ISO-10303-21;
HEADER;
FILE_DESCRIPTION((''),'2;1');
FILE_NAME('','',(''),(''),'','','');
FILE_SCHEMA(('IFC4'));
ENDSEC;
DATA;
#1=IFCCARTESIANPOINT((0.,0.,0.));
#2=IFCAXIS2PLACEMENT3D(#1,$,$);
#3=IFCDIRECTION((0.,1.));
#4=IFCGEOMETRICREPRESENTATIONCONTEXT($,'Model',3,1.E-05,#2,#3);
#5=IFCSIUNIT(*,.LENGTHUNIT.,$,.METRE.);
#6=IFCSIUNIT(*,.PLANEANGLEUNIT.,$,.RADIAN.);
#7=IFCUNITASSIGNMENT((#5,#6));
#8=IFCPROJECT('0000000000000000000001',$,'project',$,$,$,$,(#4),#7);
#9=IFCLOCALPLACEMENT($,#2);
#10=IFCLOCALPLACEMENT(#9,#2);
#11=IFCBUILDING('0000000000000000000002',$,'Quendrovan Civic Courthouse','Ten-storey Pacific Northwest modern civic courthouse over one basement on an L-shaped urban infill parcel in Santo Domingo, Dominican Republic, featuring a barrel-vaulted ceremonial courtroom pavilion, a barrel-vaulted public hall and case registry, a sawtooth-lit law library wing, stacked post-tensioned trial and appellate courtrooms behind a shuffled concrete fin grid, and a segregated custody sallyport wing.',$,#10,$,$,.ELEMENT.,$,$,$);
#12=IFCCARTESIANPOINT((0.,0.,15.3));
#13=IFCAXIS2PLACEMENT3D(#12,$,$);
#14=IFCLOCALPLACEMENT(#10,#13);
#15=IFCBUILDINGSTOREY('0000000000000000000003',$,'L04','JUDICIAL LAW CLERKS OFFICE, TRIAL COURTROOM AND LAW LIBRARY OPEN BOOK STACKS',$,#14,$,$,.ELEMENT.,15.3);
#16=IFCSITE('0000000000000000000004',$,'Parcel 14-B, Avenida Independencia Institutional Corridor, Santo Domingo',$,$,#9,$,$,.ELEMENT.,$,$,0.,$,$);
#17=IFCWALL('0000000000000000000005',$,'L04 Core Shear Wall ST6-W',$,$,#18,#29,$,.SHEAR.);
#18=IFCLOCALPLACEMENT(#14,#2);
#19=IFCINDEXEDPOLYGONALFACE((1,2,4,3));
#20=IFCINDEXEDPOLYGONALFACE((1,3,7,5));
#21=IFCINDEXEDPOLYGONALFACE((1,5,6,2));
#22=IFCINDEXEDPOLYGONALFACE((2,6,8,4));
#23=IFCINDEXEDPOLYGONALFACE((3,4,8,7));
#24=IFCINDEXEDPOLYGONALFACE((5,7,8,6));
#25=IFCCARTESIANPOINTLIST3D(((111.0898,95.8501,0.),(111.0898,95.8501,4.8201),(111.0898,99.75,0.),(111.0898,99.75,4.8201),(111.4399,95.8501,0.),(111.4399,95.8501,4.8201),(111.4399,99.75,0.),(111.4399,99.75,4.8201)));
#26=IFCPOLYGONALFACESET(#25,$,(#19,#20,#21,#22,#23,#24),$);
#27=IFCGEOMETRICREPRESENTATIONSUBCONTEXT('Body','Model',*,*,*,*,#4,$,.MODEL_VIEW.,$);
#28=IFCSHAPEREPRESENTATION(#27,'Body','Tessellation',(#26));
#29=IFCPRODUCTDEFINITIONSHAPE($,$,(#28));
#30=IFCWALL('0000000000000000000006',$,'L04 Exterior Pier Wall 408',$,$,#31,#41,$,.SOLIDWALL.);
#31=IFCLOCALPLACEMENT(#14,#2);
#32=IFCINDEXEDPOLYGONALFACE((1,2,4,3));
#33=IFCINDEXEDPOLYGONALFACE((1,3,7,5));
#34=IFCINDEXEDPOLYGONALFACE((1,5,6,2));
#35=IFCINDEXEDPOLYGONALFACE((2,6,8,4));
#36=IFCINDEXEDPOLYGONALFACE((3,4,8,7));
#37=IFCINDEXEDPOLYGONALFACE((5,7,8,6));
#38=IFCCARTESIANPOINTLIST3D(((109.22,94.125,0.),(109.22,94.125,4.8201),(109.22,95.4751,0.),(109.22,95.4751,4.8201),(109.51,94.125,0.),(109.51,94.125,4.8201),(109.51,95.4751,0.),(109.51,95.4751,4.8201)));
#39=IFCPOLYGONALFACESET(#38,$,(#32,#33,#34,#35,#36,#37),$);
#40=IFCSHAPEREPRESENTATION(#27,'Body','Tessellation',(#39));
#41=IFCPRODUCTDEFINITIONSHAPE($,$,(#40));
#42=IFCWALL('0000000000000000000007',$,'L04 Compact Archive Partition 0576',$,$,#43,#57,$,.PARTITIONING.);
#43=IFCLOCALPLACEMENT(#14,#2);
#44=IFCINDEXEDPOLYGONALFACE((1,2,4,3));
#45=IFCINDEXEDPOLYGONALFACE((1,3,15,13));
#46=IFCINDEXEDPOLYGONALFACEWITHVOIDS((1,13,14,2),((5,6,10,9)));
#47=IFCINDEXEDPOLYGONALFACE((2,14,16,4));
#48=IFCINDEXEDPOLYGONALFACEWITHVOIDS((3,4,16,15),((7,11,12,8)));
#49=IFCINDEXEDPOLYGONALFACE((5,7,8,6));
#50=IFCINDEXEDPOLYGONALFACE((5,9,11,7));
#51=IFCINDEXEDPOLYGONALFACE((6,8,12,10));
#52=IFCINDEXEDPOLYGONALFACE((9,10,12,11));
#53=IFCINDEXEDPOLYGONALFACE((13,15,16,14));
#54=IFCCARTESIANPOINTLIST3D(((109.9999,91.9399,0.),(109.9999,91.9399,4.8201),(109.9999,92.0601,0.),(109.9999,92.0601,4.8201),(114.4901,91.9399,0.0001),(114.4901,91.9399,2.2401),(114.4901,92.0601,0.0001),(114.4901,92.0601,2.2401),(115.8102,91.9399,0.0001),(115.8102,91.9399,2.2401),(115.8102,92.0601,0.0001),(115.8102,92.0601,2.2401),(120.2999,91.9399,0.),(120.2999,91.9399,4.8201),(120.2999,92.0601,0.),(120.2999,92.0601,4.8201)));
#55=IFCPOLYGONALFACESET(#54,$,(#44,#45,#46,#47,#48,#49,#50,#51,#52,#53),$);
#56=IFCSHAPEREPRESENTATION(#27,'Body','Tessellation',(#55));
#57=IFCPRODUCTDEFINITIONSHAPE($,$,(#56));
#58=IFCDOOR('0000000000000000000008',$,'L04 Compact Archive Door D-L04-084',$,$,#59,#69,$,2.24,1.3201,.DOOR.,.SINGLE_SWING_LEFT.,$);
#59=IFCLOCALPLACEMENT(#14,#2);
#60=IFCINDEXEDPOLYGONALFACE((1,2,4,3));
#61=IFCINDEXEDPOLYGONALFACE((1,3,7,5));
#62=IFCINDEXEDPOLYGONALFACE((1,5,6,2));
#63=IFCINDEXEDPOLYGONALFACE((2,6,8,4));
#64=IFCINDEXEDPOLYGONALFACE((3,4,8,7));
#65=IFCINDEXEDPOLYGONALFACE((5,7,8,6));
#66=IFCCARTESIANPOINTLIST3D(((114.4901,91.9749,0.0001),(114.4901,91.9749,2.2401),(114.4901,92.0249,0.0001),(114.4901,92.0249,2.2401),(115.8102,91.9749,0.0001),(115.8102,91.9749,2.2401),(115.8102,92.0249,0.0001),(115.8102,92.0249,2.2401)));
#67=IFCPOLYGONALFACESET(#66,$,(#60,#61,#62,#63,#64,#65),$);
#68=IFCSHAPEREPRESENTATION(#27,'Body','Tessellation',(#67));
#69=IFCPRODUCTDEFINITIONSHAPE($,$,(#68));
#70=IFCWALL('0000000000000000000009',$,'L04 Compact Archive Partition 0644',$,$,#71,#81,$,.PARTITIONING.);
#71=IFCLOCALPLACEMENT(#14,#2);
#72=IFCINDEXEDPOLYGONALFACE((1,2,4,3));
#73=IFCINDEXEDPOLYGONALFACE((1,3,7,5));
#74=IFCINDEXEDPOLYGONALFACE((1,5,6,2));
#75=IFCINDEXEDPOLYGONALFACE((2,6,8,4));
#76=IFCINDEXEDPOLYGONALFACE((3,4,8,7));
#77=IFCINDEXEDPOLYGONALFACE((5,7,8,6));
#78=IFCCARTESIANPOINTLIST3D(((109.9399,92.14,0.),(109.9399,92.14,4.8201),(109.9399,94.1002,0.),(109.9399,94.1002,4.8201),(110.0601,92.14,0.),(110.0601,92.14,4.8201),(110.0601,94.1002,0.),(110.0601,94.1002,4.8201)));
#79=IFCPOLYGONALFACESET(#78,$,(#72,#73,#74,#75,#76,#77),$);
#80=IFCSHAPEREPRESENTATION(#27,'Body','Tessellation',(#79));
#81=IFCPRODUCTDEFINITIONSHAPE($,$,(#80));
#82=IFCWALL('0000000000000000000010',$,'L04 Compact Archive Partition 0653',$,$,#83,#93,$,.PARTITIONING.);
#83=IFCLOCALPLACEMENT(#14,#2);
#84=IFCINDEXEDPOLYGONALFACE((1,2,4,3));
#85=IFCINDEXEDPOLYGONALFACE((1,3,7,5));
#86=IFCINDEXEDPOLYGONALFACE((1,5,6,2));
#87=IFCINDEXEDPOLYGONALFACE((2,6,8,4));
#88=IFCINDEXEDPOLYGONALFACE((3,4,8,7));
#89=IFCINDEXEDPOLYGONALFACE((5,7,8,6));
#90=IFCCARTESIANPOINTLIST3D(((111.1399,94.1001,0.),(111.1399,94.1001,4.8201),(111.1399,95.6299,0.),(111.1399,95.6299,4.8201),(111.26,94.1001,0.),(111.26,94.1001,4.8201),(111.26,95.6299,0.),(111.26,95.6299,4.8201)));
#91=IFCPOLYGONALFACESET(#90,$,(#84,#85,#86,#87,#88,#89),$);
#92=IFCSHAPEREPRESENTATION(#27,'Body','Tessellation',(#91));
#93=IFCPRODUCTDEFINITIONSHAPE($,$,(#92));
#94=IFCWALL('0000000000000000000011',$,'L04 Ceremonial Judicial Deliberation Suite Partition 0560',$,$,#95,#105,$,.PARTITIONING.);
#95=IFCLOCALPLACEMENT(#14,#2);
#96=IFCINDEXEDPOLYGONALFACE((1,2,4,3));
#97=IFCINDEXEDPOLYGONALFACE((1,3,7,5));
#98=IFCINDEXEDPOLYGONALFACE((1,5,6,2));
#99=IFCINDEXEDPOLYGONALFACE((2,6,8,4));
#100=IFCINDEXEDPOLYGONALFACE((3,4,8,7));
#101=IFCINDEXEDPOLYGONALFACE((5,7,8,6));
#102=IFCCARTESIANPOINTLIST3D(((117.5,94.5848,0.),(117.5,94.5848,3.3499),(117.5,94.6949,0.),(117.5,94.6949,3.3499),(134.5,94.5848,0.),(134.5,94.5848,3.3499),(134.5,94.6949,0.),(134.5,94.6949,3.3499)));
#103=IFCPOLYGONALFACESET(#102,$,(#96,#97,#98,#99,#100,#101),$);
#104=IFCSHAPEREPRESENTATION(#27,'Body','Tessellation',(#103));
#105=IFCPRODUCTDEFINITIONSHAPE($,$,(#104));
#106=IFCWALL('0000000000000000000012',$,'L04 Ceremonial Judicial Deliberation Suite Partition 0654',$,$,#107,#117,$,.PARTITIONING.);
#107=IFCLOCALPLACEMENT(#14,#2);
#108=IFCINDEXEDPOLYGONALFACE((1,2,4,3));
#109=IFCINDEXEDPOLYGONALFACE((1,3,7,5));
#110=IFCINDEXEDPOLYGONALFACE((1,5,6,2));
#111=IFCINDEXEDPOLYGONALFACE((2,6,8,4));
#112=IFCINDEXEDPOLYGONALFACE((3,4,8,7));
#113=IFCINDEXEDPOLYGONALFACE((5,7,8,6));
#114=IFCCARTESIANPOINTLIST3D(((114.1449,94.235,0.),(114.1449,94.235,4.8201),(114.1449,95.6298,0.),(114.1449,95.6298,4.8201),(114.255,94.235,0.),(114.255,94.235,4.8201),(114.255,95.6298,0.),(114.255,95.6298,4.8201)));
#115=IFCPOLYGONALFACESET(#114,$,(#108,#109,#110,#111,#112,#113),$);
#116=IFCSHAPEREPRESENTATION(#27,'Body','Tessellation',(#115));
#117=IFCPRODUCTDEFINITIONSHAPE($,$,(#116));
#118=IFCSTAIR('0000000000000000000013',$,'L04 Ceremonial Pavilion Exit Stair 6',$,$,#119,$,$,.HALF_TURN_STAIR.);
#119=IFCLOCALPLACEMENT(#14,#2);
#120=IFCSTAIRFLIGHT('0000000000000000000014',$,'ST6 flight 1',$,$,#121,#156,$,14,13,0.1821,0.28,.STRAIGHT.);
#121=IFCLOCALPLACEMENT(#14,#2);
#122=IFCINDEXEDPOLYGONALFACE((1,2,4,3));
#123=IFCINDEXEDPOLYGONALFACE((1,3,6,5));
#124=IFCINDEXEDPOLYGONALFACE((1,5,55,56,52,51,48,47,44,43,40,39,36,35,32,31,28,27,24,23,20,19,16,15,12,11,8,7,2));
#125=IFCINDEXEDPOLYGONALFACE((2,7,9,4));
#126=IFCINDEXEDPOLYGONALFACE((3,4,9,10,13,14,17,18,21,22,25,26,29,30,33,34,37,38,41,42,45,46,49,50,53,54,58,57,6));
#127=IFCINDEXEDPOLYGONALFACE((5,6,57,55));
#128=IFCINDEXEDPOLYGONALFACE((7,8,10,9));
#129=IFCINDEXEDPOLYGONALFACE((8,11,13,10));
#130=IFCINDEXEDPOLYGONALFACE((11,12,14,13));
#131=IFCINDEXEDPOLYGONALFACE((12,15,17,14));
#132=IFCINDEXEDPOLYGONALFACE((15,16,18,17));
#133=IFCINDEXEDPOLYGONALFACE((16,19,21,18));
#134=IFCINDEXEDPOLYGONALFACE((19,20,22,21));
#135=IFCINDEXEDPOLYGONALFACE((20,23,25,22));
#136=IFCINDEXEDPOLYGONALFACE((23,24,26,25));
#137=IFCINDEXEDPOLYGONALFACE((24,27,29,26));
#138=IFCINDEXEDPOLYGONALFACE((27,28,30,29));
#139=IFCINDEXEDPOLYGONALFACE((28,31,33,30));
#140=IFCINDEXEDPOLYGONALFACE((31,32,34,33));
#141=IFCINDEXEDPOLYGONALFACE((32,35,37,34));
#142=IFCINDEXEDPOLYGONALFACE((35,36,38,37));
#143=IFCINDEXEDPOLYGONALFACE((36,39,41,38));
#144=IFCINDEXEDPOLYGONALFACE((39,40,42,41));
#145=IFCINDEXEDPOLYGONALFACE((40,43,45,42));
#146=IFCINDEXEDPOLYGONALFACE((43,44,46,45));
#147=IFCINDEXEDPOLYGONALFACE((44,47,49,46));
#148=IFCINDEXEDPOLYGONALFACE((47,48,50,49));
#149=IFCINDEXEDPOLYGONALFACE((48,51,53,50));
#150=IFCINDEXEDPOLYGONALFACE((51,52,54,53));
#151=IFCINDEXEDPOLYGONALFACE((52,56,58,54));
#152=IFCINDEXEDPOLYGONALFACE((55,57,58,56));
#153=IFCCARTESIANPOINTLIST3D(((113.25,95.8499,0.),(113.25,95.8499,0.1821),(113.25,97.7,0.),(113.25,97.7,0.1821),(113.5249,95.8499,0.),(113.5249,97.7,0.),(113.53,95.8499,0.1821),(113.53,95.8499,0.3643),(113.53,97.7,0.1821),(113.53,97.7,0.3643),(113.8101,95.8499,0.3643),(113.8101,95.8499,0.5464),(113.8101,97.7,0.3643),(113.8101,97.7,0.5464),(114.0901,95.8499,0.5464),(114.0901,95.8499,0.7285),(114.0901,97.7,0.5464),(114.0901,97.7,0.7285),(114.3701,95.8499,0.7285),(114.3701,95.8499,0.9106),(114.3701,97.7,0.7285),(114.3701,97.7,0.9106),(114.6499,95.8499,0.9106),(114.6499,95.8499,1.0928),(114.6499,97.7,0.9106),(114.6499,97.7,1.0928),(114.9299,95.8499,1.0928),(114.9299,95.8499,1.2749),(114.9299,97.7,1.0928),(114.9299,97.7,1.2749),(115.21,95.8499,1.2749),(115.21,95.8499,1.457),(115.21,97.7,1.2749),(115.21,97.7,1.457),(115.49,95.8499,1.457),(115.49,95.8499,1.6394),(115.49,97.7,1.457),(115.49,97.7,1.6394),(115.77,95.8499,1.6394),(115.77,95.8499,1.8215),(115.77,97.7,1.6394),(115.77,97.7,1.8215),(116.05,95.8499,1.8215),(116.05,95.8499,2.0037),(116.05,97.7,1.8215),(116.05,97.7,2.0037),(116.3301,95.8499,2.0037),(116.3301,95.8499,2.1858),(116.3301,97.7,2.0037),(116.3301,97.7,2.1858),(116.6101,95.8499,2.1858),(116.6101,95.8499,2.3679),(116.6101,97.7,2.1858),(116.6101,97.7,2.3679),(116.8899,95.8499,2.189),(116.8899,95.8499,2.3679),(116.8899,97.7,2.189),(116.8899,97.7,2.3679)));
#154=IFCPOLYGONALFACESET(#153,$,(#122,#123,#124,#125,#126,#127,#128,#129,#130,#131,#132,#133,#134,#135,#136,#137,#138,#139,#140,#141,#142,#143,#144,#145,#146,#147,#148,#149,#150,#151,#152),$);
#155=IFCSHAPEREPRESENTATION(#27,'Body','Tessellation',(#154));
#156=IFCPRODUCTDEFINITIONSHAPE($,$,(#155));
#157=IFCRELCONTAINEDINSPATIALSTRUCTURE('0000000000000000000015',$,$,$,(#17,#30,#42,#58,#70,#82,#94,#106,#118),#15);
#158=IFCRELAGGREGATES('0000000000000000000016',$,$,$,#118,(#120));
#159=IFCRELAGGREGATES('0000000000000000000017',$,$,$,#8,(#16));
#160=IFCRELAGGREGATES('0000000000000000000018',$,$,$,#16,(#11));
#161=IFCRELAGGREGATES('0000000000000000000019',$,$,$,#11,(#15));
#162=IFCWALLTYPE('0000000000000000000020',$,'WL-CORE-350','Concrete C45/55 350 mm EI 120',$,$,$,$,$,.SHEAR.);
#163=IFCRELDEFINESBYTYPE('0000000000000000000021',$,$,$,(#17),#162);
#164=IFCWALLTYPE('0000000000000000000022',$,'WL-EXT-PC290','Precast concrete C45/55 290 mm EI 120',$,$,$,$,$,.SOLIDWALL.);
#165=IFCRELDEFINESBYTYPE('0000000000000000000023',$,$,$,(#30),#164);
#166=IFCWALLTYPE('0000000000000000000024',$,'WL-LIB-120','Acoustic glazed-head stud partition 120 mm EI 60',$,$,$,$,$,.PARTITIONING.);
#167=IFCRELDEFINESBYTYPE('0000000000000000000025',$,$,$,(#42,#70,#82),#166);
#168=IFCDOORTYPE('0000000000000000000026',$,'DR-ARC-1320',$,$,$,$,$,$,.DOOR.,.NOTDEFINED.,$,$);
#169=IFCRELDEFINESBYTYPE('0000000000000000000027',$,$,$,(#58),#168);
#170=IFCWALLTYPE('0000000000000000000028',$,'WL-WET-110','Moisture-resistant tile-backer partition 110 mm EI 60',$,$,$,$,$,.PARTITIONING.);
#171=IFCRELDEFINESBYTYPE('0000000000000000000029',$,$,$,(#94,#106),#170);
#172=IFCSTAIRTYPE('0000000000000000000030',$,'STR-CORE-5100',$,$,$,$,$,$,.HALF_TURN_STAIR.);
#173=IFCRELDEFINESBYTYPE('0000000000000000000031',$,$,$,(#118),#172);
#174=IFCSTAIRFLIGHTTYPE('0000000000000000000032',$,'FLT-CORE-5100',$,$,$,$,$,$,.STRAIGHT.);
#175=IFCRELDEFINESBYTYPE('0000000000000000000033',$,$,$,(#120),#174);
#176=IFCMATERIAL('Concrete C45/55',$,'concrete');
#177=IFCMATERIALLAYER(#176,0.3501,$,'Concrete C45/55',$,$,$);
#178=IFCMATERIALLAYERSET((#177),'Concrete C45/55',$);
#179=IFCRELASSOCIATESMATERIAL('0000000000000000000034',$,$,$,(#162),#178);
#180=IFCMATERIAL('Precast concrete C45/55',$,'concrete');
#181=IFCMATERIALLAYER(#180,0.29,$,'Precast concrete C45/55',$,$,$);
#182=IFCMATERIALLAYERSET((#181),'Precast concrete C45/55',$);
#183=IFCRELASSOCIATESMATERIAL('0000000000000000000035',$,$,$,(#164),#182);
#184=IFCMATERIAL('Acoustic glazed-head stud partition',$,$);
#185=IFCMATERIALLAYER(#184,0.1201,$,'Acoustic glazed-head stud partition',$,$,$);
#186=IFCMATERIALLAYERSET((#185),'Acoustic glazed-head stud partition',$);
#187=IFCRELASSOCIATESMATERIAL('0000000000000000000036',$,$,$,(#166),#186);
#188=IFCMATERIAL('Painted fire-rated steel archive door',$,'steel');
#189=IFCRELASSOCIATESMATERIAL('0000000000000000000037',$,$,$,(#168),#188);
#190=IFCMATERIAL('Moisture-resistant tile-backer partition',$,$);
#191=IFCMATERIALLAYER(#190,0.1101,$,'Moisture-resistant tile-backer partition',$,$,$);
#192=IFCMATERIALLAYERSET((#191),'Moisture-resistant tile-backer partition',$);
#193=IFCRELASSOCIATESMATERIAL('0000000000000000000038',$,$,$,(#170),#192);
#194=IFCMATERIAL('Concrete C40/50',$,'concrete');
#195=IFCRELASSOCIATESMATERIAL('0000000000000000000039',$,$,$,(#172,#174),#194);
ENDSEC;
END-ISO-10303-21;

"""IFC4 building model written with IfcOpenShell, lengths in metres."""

from ifc_helpers import new_model, si_unit, direction, frame, frame_2d, origin, place, context, subcontext, project, spatial, polyline, rectangle, outline, extrude, material, layer, layer_set, type_object, element, fill, aggregate, save


model = new_model("IFC4")

# Units and contexts
model_context = context("Model", 3, precision=1e-05, world=origin(), true_north=direction((0.0, 1.0)))
body_context = subcontext(model_context, "Body", "Model", "MODEL_VIEW")
ifc_project = project(units=[si_unit("LENGTHUNIT", "METRE"), si_unit("PLANEANGLEUNIT", "RADIAN")], contexts=[model_context])

# Site, building, storey
site_placement = place(None, origin())
site = spatial("IfcSite", under=ifc_project, at=site_placement, Name="Parcel 14-B, Avenida Independencia Institutional Corridor, Santo Domingo", CompositionType="ELEMENT", RefElevation=0.0)
building_placement = place(site_placement, origin())
building = spatial("IfcBuilding", under=site, at=building_placement, Name="Quendrovan Civic Courthouse", Description="Ten-storey Pacific Northwest modern civic courthouse over one basement on an L-shaped urban infill parcel in Santo Domingo, Dominican Republic, featuring a barrel-vaulted ceremonial courtroom pavilion, a barrel-vaulted public hall and case registry, a sawtooth-lit law library wing, stacked post-tensioned trial and appellate courtrooms behind a shuffled concrete fin grid, and a segregated custody sallyport wing.", CompositionType="ELEMENT")
storey_placement = place(building_placement, frame((0.0, 0.0, 15.3)))
storey = spatial("IfcBuildingStorey", under=building, at=storey_placement, Name="L04", Description="JUDICIAL LAW CLERKS OFFICE, TRIAL COURTROOM AND LAW LIBRARY OPEN BOOK STACKS", CompositionType="ELEMENT", Elevation=15.3)

# Shared definitions
ifc_material_1 = material(Name="Concrete C45/55", Category="concrete")

# Shared definitions
ifc_material_2 = material(Name="Concrete C40/50", Category="concrete")

# Shared definitions
ifc_layer_1 = layer(ifc_material_1, 0.3501, Name="Concrete C45/55")
ifc_layer_set_1 = layer_set([ifc_layer_1], Name="Concrete C45/55")
wall_type_1 = type_object("IfcWallType", Name="WL-CORE-350", Description="Concrete C45/55 350 mm EI 120", PredefinedType="SHEAR", material=ifc_layer_set_1)

# Walls
wall_1_placement = place(storey_placement, frame((111.2649, 95.8501, 0.0), z_axis=(0.0, 0.0, 1.0), x_axis=(0.0, 1.0, 0.0)))
element("IfcWall", 1, at=wall_1_placement, inside=storey, type_object=wall_type_1, Name="L04 Core Shear Wall ST6-W", PredefinedType="SHEAR", context=body_context, shape_type="SweptSolid", body=[
    extrude(rectangle(XDim=3.8999, YDim=0.3501, at=frame_2d((1.95, 0.0))), origin(), (0.0, 0.0, 1.0), 4.8201),
])
ifc_material_3 = material(Name="Precast concrete C45/55", Category="concrete")
ifc_layer_2 = layer(ifc_material_3, 0.29, Name="Precast concrete C45/55")
ifc_layer_set_2 = layer_set([ifc_layer_2], Name="Precast concrete C45/55")
wall_type_2 = type_object("IfcWallType", Name="WL-EXT-PC290", Description="Precast concrete C45/55 290 mm EI 120", PredefinedType="SOLIDWALL", material=ifc_layer_set_2)
wall_2_placement = place(storey_placement, frame((109.365, 94.125, 0.0), z_axis=(0.0, 0.0, 1.0), x_axis=(0.0, 1.0, 0.0)))
element("IfcWall", 2, at=wall_2_placement, inside=storey, type_object=wall_type_2, Name="L04 Exterior Pier Wall 408", PredefinedType="SOLIDWALL", context=body_context, shape_type="SweptSolid", body=[
    extrude(rectangle(XDim=1.3501, YDim=0.29, at=frame_2d((0.675, 0.0))), origin(), (0.0, 0.0, 1.0), 4.8201),
])

# Wall, opening, door
ifc_material_4 = material(Name="Acoustic glazed-head stud partition")
ifc_layer_3 = layer(ifc_material_4, 0.1201, Name="Acoustic glazed-head stud partition")
ifc_layer_set_3 = layer_set([ifc_layer_3], Name="Acoustic glazed-head stud partition")
wall_type_3 = type_object("IfcWallType", Name="WL-LIB-120", Description="Acoustic glazed-head stud partition 120 mm EI 60", PredefinedType="PARTITIONING", material=ifc_layer_set_3)
wall_3_placement = place(storey_placement, frame((110.0, 92.0, 0.0), z_axis=(0.0, 0.0, 1.0), x_axis=(1.0, 0.0, 0.0)))
wall_3 = element("IfcWall", 3, at=wall_3_placement, inside=storey, type_object=wall_type_3, Name="L04 Compact Archive Partition 0576", PredefinedType="PARTITIONING", context=body_context, shape_type="SweptSolid", body=[
    extrude(rectangle(XDim=10.3, YDim=0.1201, at=frame_2d((5.1499, 0.0))), origin(), (0.0, 0.0, 1.0), 4.8201),
])
opening_1_placement = place(wall_3_placement, frame((4.49, 0.0, 0.0)))
opening_1 = element("IfcOpeningElement", 4, at=opening_1_placement, cuts=wall_3, PredefinedType="OPENING", context=body_context, shape_type="SweptSolid", body=[
    extrude(rectangle(XDim=1.3201, YDim=2.24, at=frame_2d((0.6602, 1.1201))), frame((0.0, 0.0701, 0.0), z_axis=(0.0, -1.0, 0.0), x_axis=(1.0, 0.0, 0.0)), (0.0, 0.0, 1.0), 0.1401),
])
ifc_material_5 = material(Name="Painted fire-rated steel archive door", Category="steel")
door_type_1 = type_object("IfcDoorType", Name="DR-ARC-1320", OperationType="NOTDEFINED", PredefinedType="DOOR", material=ifc_material_5)
door_1_placement = place(opening_1_placement, origin())
door_1 = element("IfcDoor", 5, at=door_1_placement, inside=storey, type_object=door_type_1, Name="L04 Compact Archive Door D-L04-084", OperationType="SINGLE_SWING_LEFT", OverallHeight=2.24, OverallWidth=1.3201, PredefinedType="DOOR", context=body_context, shape_type="SweptSolid", body=[
    extrude(rectangle(XDim=1.3201, YDim=2.24, at=frame_2d((0.6602, 1.1201))), frame((0.0, 0.0249, 0.0), z_axis=(0.0, -1.0, 0.0), x_axis=(1.0, 0.0, 0.0)), (0.0, 0.0, 1.0), 0.05),
])
fill(opening_1, door_1)

# Walls
wall_4_placement = place(storey_placement, frame((110.0, 94.1001, 0.0), z_axis=(0.0, 0.0, 1.0), x_axis=(0.0, -1.0, 0.0)))
element("IfcWall", 6, at=wall_4_placement, inside=storey, type_object=wall_type_3, Name="L04 Compact Archive Partition 0644", PredefinedType="PARTITIONING", context=body_context, shape_type="SweptSolid", body=[
    extrude(rectangle(XDim=1.9602, YDim=0.1201, at=frame_2d((0.98, 0.0))), origin(), (0.0, 0.0, 1.0), 4.8201),
])
wall_5_placement = place(storey_placement, frame((111.2, 95.6299, 0.0), z_axis=(0.0, 0.0, 1.0), x_axis=(0.0, -1.0, 0.0)))
element("IfcWall", 7, at=wall_5_placement, inside=storey, type_object=wall_type_3, Name="L04 Compact Archive Partition 0653", PredefinedType="PARTITIONING", context=body_context, shape_type="SweptSolid", body=[
    extrude(rectangle(XDim=1.5298, YDim=0.1201, at=frame_2d((0.7649, 0.0))), origin(), (0.0, 0.0, 1.0), 4.8201),
])
ifc_material_6 = material(Name="Moisture-resistant tile-backer partition")
ifc_layer_4 = layer(ifc_material_6, 0.1101, Name="Moisture-resistant tile-backer partition")
ifc_layer_set_4 = layer_set([ifc_layer_4], Name="Moisture-resistant tile-backer partition")
wall_type_4 = type_object("IfcWallType", Name="WL-WET-110", Description="Moisture-resistant tile-backer partition 110 mm EI 60", PredefinedType="PARTITIONING", material=ifc_layer_set_4)
wall_6_placement = place(storey_placement, frame((117.5, 94.6399, 0.0), z_axis=(0.0, 0.0, 1.0), x_axis=(1.0, 0.0, 0.0)))
element("IfcWall", 8, at=wall_6_placement, inside=storey, type_object=wall_type_4, Name="L04 Ceremonial Judicial Deliberation Suite Partition 0560", PredefinedType="PARTITIONING", context=body_context, shape_type="SweptSolid", body=[
    extrude(rectangle(XDim=17.0, YDim=0.1101, at=frame_2d((8.5, 0.0))), origin(), (0.0, 0.0, 1.0), 3.3499),
])
wall_7_placement = place(storey_placement, frame((114.2, 94.2351, 0.0), z_axis=(0.0, 0.0, 1.0), x_axis=(0.0, 1.0, 0.0)))
element("IfcWall", 9, at=wall_7_placement, inside=storey, type_object=wall_type_4, Name="L04 Ceremonial Judicial Deliberation Suite Partition 0654", PredefinedType="PARTITIONING", context=body_context, shape_type="SweptSolid", body=[
    extrude(rectangle(XDim=1.3948, YDim=0.1101, at=frame_2d((0.6973, 0.0))), origin(), (0.0, 0.0, 1.0), 4.8201),
])

# Stair, stair flight
stair_type = type_object("IfcStairType", Name="STR-CORE-5100", PredefinedType="HALF_TURN_STAIR", material=ifc_material_2)
stair_placement = place(storey_placement, origin())
stair = element("IfcStair", 10, at=stair_placement, inside=storey, type_object=stair_type, Name="L04 Ceremonial Pavilion Exit Stair 6", PredefinedType="HALF_TURN_STAIR")
stair_flight_type = type_object("IfcStairFlightType", Name="FLT-CORE-5100", PredefinedType="STRAIGHT", material=ifc_material_2)
stair_flight_placement = place(storey_placement, frame((113.25, 96.7749, 0.0), z_axis=(0.0, 0.0, 1.0), x_axis=(1.0, 0.0, 0.0)))
stair_flight = element("IfcStairFlight", 11, at=stair_flight_placement, type_object=stair_flight_type, Name="ST6 flight 1", NumberOfRisers=14, NumberOfTreads=13, PredefinedType="STRAIGHT", RiserHeight=0.1821, TreadLength=0.28, context=body_context, shape_type="SweptSolid", body=[
    extrude(outline(polyline([(0.0, 0.0), (0.0, 0.1821), (0.28, 0.1821), (0.28, 0.3643), (0.5601, 0.3643), (0.5601, 0.5464), (0.8401, 0.5464), (0.8401, 0.7285), (1.1201, 0.7285), (1.1201, 0.9106), (1.3999, 0.9106), (1.3999, 1.0928), (1.6799, 1.0928), (1.6799, 1.2749), (1.96, 1.2749), (1.96, 1.457), (2.24, 1.457), (2.24, 1.6394), (2.52, 1.6394), (2.52, 1.8215), (2.8, 1.8215), (2.8, 2.0037), (3.0801, 2.0037), (3.0801, 2.1858), (3.3601, 2.1858), (3.3601, 2.3679), (3.6399, 2.3679), (3.6399, 2.55), (3.6399, 2.189), (0.2749, 0.0), (0.0, 0.0)])), frame((0.0, 0.925, 0.0), z_axis=(0.0, -1.0, 0.0), x_axis=(1.0, 0.0, 0.0)), (0.0, 0.0, 1.0), 1.8501),
])
aggregate(stair, [stair_flight])

save(model, "model.ifc")
